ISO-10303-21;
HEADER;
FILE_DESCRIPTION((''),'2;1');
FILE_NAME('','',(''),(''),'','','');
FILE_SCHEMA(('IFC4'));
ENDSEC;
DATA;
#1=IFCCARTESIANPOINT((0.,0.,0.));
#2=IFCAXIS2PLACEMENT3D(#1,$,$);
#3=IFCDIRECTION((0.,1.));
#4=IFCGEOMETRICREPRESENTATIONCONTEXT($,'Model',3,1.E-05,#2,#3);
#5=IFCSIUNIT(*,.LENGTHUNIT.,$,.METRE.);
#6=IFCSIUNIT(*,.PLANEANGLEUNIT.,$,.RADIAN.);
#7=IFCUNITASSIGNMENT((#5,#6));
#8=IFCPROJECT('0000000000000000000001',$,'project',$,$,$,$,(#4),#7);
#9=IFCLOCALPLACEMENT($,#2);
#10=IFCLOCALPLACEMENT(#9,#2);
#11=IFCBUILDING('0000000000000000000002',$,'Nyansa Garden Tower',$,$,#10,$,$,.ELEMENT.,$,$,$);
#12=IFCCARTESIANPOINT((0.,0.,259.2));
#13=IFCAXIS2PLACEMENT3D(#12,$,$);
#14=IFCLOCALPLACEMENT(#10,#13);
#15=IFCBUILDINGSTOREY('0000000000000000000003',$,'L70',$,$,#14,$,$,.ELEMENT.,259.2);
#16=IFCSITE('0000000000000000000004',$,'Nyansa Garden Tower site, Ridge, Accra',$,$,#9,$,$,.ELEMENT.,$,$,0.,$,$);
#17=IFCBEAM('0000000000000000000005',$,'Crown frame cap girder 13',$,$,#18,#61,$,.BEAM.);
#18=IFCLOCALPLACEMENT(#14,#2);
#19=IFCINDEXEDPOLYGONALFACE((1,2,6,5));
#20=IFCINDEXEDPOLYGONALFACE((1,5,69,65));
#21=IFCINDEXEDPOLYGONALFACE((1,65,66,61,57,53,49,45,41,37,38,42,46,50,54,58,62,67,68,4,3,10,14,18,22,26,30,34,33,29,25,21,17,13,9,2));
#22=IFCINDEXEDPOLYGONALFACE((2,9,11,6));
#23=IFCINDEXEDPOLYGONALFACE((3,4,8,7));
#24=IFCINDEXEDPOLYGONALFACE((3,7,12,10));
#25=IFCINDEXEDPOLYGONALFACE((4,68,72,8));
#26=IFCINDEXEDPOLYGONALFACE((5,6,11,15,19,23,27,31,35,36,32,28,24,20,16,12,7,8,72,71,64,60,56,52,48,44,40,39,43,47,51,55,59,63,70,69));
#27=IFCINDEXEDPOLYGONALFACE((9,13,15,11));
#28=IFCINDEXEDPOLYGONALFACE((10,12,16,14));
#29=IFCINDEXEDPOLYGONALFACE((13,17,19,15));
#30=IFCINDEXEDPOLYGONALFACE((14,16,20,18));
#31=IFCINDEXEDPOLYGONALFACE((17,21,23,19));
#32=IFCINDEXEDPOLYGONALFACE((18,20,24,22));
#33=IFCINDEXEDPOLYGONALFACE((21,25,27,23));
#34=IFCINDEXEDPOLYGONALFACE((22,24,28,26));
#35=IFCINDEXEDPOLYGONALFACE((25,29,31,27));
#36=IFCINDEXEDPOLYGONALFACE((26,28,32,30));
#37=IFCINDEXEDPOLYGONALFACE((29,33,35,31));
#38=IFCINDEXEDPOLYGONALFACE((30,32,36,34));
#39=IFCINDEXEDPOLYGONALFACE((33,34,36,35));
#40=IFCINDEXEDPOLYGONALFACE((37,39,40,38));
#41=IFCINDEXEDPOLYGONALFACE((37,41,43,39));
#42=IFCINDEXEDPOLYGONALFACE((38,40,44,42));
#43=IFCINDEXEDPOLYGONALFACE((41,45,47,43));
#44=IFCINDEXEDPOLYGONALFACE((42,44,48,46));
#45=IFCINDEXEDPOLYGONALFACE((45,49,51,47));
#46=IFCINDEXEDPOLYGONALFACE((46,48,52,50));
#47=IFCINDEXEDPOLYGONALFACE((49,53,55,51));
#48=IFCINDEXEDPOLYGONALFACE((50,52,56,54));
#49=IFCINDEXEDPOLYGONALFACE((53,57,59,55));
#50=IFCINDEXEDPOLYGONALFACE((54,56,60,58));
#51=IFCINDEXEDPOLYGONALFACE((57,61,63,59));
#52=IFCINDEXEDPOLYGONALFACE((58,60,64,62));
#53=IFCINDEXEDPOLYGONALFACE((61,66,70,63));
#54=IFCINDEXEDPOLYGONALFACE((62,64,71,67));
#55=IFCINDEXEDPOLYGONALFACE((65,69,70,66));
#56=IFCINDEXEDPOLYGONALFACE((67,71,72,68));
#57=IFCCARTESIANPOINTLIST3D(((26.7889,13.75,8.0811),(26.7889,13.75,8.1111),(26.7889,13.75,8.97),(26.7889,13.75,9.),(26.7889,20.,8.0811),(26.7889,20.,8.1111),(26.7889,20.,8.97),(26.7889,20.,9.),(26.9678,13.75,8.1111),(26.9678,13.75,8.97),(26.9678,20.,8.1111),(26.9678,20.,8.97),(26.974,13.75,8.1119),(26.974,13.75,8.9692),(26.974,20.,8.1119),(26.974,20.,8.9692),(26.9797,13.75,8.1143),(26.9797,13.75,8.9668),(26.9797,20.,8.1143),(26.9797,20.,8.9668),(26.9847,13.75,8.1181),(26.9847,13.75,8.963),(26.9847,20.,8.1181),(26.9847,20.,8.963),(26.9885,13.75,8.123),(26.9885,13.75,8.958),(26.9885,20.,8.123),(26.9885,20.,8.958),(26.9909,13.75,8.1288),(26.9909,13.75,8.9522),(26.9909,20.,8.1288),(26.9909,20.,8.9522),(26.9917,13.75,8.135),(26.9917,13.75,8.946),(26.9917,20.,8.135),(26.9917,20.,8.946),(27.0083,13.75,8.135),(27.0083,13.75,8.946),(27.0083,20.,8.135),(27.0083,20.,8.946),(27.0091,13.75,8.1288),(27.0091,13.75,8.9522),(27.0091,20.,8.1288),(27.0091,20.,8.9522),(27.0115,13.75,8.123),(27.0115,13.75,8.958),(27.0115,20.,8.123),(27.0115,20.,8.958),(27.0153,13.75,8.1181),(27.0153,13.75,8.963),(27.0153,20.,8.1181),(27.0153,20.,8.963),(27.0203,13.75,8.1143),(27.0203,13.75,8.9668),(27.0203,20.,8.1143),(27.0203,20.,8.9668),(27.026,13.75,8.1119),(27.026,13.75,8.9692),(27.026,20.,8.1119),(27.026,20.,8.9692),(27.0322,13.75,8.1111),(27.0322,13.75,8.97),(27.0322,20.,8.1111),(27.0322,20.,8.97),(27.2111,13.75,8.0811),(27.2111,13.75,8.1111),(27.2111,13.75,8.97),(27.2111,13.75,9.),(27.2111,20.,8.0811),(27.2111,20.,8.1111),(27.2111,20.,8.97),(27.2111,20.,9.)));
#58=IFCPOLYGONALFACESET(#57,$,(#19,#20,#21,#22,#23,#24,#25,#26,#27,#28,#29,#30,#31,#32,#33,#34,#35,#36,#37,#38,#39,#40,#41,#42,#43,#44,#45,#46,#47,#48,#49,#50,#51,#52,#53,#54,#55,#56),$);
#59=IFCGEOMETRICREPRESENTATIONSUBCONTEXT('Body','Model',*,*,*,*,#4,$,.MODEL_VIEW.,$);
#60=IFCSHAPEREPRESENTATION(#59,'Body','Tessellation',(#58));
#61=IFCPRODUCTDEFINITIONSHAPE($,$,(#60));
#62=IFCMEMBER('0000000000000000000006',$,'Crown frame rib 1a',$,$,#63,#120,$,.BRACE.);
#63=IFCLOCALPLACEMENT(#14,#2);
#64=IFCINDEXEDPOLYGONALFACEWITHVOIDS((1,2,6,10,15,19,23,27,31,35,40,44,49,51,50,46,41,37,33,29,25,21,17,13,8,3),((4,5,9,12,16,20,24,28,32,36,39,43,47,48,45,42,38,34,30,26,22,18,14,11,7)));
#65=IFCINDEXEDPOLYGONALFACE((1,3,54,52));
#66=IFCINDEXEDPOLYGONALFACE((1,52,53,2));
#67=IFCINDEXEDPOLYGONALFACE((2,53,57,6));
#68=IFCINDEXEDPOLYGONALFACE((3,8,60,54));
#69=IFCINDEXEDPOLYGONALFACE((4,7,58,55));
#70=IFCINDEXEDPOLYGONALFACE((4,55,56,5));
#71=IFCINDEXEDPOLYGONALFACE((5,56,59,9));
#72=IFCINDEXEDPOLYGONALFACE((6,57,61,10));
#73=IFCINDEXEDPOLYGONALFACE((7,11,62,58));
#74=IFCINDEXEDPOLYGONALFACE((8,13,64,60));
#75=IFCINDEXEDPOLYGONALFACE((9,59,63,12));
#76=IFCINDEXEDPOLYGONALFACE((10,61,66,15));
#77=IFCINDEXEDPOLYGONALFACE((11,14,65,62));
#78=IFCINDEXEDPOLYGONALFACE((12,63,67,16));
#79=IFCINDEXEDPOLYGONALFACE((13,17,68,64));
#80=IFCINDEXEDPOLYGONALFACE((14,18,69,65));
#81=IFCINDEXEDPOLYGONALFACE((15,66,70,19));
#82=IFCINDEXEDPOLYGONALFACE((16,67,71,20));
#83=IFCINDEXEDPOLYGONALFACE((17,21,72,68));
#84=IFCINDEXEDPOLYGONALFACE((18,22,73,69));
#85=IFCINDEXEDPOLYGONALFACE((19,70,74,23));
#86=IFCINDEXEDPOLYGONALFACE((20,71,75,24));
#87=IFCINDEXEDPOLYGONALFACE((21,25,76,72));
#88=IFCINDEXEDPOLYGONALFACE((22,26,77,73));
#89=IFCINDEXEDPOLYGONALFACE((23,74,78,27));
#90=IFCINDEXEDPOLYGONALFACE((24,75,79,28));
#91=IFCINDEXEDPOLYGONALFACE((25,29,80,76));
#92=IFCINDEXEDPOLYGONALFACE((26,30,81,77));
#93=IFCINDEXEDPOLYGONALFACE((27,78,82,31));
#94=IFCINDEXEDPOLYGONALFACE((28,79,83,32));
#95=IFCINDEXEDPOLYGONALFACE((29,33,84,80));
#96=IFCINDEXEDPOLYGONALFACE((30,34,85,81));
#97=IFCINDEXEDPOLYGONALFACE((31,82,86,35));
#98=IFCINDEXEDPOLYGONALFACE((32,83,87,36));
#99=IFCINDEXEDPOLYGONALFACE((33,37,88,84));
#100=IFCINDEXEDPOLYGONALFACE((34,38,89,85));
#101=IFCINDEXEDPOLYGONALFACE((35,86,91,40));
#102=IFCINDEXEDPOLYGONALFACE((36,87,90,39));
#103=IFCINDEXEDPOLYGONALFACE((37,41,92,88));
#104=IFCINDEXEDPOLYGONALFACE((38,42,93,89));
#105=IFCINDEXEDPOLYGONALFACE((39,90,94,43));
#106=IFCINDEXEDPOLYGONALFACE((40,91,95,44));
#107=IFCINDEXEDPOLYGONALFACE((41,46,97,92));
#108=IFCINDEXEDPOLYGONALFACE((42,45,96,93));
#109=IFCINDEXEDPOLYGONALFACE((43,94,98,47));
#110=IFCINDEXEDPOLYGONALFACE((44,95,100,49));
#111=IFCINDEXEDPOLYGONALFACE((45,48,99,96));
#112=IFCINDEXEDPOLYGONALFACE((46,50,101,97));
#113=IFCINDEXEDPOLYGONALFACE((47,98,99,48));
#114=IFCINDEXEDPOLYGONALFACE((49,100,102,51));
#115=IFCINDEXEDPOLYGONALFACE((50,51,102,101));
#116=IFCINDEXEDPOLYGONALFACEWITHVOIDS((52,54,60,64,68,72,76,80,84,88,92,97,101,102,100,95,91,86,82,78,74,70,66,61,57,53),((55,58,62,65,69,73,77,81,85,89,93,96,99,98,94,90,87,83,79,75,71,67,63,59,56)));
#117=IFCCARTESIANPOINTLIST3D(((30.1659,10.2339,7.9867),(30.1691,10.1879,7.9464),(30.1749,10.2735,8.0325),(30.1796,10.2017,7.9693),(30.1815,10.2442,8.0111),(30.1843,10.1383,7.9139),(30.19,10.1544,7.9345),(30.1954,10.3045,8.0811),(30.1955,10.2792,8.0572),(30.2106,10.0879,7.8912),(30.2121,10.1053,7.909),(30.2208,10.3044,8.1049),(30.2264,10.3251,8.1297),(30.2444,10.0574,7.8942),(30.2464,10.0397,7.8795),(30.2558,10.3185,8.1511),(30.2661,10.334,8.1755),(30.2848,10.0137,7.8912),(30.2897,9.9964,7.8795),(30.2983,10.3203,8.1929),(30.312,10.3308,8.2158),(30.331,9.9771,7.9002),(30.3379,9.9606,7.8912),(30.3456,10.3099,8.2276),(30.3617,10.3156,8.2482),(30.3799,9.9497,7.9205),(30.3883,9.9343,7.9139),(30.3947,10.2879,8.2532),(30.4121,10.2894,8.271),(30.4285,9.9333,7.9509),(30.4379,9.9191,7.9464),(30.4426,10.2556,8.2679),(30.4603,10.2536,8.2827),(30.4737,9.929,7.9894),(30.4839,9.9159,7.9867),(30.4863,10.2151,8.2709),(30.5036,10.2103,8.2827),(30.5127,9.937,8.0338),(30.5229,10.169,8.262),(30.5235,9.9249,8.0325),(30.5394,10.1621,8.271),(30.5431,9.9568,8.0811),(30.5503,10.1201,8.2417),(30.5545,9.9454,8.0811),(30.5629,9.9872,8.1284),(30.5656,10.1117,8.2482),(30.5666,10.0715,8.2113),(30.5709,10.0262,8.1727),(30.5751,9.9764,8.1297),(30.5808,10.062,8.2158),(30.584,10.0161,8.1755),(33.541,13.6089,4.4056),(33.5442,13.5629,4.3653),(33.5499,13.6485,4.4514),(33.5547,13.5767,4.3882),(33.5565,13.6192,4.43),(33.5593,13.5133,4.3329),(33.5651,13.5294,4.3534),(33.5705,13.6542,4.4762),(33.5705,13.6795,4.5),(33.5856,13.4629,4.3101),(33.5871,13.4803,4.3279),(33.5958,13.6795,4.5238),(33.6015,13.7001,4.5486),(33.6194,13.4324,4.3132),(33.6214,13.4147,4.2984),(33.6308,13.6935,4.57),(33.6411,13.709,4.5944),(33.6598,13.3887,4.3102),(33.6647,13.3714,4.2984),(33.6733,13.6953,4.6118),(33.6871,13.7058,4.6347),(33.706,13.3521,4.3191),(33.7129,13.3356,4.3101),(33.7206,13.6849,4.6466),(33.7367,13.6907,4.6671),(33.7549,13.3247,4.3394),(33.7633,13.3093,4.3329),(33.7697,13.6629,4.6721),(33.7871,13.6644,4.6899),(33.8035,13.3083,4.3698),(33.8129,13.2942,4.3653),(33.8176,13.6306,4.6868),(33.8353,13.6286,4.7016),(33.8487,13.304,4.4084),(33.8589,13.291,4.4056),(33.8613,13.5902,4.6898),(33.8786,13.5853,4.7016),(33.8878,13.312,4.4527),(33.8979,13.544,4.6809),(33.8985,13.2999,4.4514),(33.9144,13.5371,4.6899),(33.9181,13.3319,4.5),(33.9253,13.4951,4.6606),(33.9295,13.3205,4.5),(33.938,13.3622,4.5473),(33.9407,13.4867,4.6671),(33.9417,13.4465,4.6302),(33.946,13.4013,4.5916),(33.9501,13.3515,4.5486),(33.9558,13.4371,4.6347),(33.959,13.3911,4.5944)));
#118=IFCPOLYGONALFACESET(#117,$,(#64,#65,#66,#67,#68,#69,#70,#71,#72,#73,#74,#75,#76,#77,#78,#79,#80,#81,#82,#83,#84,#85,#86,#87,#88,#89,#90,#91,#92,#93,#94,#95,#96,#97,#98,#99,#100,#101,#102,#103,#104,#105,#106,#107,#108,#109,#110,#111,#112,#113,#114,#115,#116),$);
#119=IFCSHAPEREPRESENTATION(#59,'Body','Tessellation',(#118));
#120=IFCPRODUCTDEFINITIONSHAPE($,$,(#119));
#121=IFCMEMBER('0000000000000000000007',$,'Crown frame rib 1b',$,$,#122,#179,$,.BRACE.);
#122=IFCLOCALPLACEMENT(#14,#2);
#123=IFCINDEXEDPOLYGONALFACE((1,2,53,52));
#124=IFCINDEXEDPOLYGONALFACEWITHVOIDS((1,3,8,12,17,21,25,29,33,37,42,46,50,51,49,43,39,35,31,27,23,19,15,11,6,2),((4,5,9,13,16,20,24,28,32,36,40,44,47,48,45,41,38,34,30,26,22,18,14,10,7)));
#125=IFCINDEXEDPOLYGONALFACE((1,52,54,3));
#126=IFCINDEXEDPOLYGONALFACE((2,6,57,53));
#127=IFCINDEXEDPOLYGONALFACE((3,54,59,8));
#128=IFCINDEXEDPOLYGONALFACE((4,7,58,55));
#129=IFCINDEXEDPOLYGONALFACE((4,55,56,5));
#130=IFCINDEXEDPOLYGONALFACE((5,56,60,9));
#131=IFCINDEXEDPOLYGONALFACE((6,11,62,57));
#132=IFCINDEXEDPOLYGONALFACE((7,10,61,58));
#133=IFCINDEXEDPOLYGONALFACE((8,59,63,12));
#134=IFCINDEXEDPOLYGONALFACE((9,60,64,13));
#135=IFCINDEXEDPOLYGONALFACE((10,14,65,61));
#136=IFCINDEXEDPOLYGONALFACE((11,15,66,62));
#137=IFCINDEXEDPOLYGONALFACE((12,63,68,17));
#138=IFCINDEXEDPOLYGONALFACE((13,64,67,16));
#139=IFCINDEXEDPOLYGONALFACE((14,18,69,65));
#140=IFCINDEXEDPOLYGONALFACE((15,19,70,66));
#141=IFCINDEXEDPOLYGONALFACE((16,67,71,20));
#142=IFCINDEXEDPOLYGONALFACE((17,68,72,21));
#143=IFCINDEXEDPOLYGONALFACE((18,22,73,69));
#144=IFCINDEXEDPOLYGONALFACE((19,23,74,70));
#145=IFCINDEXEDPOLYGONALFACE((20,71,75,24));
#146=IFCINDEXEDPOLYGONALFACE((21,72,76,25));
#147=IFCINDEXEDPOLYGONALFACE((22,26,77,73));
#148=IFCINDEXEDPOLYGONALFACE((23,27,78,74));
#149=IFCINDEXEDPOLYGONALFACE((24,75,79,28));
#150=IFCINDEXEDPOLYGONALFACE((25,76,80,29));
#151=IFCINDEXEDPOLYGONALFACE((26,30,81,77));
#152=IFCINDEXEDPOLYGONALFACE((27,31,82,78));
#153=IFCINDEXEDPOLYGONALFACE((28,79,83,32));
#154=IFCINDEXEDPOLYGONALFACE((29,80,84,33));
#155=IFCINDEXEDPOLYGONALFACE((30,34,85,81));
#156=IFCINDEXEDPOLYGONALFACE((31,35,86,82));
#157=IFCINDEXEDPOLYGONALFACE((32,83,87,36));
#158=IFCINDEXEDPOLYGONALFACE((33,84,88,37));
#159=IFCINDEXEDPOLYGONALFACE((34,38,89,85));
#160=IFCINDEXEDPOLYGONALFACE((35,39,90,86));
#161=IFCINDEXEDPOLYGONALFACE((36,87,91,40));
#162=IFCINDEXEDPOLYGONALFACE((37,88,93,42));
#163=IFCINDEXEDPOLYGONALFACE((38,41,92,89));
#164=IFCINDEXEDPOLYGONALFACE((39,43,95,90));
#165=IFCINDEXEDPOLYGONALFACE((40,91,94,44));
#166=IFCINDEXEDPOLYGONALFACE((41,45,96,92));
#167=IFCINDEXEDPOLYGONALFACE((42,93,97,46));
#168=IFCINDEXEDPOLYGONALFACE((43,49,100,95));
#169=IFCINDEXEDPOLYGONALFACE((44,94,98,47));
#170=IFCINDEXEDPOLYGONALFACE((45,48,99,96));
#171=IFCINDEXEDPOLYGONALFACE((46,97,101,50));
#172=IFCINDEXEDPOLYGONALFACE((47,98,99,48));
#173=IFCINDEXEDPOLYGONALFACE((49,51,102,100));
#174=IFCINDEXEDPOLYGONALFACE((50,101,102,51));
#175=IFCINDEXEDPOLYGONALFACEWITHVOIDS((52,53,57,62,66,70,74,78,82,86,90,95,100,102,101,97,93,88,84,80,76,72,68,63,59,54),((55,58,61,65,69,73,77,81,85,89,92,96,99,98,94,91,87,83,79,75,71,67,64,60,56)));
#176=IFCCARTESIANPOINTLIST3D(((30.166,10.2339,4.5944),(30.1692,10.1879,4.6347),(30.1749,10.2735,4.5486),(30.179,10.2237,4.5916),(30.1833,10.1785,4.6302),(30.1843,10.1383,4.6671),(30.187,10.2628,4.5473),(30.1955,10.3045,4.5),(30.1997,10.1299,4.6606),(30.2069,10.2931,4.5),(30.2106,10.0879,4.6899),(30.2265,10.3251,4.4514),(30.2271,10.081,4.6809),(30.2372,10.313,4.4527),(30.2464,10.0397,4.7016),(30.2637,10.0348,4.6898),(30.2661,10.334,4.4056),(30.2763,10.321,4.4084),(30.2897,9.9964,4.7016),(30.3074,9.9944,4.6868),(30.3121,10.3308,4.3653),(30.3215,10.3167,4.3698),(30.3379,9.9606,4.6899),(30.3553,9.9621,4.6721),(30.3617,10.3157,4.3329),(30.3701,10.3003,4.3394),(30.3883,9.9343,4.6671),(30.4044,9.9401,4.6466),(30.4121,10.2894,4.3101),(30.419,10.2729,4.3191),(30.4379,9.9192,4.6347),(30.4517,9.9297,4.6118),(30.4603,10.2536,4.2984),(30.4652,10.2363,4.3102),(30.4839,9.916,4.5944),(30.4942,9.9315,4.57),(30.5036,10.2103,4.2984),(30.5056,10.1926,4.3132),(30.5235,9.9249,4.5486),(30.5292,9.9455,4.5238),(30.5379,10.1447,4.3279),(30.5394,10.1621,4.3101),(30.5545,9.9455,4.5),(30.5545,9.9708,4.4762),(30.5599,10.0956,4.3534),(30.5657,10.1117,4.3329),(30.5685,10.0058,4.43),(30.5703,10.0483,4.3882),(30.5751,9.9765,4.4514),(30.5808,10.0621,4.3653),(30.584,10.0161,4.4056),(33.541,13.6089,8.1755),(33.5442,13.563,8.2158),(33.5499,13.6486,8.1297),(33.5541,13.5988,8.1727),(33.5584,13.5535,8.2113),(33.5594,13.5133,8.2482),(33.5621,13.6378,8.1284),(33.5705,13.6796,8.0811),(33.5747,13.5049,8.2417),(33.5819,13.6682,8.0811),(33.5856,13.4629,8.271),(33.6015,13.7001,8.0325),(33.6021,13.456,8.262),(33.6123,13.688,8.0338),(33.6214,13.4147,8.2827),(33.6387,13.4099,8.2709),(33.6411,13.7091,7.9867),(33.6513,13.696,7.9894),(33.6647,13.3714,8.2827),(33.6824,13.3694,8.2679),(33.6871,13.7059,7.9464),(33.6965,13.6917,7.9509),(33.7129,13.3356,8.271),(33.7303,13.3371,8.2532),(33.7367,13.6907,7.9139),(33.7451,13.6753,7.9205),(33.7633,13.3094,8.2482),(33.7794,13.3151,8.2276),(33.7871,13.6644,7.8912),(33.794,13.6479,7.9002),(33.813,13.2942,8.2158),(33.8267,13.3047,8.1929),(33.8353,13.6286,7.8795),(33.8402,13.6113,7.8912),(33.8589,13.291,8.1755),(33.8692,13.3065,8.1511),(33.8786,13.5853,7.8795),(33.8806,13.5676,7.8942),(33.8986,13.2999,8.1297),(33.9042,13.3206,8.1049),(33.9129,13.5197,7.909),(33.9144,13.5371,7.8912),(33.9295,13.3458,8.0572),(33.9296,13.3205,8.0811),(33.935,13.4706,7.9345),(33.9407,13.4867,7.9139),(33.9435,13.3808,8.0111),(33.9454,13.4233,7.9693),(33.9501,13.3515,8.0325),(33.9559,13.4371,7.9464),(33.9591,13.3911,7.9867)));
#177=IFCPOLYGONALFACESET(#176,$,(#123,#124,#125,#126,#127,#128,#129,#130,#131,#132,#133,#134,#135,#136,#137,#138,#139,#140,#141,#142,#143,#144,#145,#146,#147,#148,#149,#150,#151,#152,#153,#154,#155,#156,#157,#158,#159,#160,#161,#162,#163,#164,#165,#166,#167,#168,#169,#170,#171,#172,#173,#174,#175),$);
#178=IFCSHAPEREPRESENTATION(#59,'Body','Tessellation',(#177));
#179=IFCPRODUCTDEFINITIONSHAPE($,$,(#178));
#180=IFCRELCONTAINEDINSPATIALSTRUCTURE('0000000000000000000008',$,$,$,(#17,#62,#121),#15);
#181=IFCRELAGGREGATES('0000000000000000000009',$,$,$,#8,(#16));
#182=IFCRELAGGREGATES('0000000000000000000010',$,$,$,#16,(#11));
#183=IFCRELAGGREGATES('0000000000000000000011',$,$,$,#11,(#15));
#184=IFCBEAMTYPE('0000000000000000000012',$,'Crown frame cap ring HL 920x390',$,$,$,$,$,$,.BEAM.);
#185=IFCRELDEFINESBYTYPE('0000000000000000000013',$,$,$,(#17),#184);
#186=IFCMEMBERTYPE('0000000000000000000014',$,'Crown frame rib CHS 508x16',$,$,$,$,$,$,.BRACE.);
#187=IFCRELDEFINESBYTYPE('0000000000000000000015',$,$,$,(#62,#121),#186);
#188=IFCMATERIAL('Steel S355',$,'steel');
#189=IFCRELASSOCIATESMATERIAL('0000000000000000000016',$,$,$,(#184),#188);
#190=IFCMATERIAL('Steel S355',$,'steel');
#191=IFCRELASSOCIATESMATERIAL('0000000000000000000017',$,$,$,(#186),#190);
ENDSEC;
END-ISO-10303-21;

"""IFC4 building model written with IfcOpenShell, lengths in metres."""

from ifc_helpers import new_model, si_unit, direction, frame, origin, origin_2d, place, context, subcontext, project, spatial, hollow_circle, i_section, extrude, material, material_profile, profile_set, type_object, element, save


model = new_model("IFC4")

# Units and contexts
model_context = context("Model", 3, precision=1e-05, world=origin(), true_north=direction((0.0, 1.0)))
body_context = subcontext(model_context, "Body", "Model", "MODEL_VIEW")
ifc_project = project(units=[si_unit("LENGTHUNIT", "METRE"), si_unit("PLANEANGLEUNIT", "RADIAN")], contexts=[model_context])

# Site, building, storey
site_placement = place(None, origin())
site = spatial("IfcSite", under=ifc_project, at=site_placement, Name="Nyansa Garden Tower site, Ridge, Accra", CompositionType="ELEMENT", RefElevation=0.0)
building_placement = place(site_placement, origin())
building = spatial("IfcBuilding", under=site, at=building_placement, Name="Nyansa Garden Tower", CompositionType="ELEMENT")
storey_placement = place(building_placement, frame((0.0, 0.0, 259.2)))
storey = spatial("IfcBuildingStorey", under=building, at=storey_placement, Name="L70", CompositionType="ELEMENT", Elevation=259.2)

# Beam
ifc_material_1 = material(Name="Steel S355", Category="steel")
ifc_material_profile_1 = material_profile(ifc_material_1, i_section(OverallWidth=0.4221, OverallDepth=0.9189, WebThickness=0.0166, FlangeThickness=0.03, FilletRadius=0.0239, at=origin_2d()), Name="HL 920x390")
ifc_profile_set_1 = profile_set([ifc_material_profile_1], Name="Steel S355")
beam_type_1 = type_object("IfcBeamType", Name="Crown frame cap ring HL 920x390", PredefinedType="BEAM", material=ifc_profile_set_1)
for number, where, z_axis, x_axis, name in (
    (1, (27.0, 13.75, 8.5405), (0.0, 1.0, 0.0), (-1.0, 0.0, 0.0), "Crown frame cap girder 13"),
):
    element("IfcBeam", number, at=place(storey_placement, frame(where, z_axis=z_axis, x_axis=x_axis)), inside=storey, type_object=beam_type_1, Name=name, PredefinedType="BEAM", context=body_context, shape_type="SweptSolid", body=[
        extrude(i_section(OverallWidth=0.4221, OverallDepth=0.9189, WebThickness=0.0166, FlangeThickness=0.03, FilletRadius=0.0239, at=origin_2d()), origin(), (0.0, 0.0, 1.0), 6.25),
    ])

# Members
ifc_material_2 = material(Name="Steel S355", Category="steel")
ifc_material_profile_2 = material_profile(ifc_material_2, hollow_circle(Radius=0.2539, WallThickness=0.0161, at=origin_2d()), Name="CHS 508x16")
ifc_profile_set_2 = profile_set([ifc_material_profile_2], Name="Steel S355")
member_type_1 = type_object("IfcMemberType", Name="Crown frame rib CHS 508x16", PredefinedType="BRACE", material=ifc_profile_set_2)
for number, where, z_axis, x_axis, name in (
    (2, (33.75, 13.5, 4.5), (-0.56561, -0.56561, 0.600142), (0.707107, -0.707107, 0.0), "Crown frame rib 1a"),
    (3, (30.375, 10.125, 4.5), (0.56561, 0.56561, 0.600142), (-0.707107, 0.707107, 0.0), "Crown frame rib 1b"),
):
    element("IfcMember", number, at=place(storey_placement, frame(where, z_axis=z_axis, x_axis=x_axis)), inside=storey, type_object=member_type_1, Name=name, PredefinedType="BRACE", context=body_context, shape_type="SweptSolid", body=[
        extrude(hollow_circle(Radius=0.2539, WallThickness=0.0161, at=origin_2d()), origin(), (0.0, 0.0, 1.0), 5.967),
    ])

save(model, "model.ifc")
